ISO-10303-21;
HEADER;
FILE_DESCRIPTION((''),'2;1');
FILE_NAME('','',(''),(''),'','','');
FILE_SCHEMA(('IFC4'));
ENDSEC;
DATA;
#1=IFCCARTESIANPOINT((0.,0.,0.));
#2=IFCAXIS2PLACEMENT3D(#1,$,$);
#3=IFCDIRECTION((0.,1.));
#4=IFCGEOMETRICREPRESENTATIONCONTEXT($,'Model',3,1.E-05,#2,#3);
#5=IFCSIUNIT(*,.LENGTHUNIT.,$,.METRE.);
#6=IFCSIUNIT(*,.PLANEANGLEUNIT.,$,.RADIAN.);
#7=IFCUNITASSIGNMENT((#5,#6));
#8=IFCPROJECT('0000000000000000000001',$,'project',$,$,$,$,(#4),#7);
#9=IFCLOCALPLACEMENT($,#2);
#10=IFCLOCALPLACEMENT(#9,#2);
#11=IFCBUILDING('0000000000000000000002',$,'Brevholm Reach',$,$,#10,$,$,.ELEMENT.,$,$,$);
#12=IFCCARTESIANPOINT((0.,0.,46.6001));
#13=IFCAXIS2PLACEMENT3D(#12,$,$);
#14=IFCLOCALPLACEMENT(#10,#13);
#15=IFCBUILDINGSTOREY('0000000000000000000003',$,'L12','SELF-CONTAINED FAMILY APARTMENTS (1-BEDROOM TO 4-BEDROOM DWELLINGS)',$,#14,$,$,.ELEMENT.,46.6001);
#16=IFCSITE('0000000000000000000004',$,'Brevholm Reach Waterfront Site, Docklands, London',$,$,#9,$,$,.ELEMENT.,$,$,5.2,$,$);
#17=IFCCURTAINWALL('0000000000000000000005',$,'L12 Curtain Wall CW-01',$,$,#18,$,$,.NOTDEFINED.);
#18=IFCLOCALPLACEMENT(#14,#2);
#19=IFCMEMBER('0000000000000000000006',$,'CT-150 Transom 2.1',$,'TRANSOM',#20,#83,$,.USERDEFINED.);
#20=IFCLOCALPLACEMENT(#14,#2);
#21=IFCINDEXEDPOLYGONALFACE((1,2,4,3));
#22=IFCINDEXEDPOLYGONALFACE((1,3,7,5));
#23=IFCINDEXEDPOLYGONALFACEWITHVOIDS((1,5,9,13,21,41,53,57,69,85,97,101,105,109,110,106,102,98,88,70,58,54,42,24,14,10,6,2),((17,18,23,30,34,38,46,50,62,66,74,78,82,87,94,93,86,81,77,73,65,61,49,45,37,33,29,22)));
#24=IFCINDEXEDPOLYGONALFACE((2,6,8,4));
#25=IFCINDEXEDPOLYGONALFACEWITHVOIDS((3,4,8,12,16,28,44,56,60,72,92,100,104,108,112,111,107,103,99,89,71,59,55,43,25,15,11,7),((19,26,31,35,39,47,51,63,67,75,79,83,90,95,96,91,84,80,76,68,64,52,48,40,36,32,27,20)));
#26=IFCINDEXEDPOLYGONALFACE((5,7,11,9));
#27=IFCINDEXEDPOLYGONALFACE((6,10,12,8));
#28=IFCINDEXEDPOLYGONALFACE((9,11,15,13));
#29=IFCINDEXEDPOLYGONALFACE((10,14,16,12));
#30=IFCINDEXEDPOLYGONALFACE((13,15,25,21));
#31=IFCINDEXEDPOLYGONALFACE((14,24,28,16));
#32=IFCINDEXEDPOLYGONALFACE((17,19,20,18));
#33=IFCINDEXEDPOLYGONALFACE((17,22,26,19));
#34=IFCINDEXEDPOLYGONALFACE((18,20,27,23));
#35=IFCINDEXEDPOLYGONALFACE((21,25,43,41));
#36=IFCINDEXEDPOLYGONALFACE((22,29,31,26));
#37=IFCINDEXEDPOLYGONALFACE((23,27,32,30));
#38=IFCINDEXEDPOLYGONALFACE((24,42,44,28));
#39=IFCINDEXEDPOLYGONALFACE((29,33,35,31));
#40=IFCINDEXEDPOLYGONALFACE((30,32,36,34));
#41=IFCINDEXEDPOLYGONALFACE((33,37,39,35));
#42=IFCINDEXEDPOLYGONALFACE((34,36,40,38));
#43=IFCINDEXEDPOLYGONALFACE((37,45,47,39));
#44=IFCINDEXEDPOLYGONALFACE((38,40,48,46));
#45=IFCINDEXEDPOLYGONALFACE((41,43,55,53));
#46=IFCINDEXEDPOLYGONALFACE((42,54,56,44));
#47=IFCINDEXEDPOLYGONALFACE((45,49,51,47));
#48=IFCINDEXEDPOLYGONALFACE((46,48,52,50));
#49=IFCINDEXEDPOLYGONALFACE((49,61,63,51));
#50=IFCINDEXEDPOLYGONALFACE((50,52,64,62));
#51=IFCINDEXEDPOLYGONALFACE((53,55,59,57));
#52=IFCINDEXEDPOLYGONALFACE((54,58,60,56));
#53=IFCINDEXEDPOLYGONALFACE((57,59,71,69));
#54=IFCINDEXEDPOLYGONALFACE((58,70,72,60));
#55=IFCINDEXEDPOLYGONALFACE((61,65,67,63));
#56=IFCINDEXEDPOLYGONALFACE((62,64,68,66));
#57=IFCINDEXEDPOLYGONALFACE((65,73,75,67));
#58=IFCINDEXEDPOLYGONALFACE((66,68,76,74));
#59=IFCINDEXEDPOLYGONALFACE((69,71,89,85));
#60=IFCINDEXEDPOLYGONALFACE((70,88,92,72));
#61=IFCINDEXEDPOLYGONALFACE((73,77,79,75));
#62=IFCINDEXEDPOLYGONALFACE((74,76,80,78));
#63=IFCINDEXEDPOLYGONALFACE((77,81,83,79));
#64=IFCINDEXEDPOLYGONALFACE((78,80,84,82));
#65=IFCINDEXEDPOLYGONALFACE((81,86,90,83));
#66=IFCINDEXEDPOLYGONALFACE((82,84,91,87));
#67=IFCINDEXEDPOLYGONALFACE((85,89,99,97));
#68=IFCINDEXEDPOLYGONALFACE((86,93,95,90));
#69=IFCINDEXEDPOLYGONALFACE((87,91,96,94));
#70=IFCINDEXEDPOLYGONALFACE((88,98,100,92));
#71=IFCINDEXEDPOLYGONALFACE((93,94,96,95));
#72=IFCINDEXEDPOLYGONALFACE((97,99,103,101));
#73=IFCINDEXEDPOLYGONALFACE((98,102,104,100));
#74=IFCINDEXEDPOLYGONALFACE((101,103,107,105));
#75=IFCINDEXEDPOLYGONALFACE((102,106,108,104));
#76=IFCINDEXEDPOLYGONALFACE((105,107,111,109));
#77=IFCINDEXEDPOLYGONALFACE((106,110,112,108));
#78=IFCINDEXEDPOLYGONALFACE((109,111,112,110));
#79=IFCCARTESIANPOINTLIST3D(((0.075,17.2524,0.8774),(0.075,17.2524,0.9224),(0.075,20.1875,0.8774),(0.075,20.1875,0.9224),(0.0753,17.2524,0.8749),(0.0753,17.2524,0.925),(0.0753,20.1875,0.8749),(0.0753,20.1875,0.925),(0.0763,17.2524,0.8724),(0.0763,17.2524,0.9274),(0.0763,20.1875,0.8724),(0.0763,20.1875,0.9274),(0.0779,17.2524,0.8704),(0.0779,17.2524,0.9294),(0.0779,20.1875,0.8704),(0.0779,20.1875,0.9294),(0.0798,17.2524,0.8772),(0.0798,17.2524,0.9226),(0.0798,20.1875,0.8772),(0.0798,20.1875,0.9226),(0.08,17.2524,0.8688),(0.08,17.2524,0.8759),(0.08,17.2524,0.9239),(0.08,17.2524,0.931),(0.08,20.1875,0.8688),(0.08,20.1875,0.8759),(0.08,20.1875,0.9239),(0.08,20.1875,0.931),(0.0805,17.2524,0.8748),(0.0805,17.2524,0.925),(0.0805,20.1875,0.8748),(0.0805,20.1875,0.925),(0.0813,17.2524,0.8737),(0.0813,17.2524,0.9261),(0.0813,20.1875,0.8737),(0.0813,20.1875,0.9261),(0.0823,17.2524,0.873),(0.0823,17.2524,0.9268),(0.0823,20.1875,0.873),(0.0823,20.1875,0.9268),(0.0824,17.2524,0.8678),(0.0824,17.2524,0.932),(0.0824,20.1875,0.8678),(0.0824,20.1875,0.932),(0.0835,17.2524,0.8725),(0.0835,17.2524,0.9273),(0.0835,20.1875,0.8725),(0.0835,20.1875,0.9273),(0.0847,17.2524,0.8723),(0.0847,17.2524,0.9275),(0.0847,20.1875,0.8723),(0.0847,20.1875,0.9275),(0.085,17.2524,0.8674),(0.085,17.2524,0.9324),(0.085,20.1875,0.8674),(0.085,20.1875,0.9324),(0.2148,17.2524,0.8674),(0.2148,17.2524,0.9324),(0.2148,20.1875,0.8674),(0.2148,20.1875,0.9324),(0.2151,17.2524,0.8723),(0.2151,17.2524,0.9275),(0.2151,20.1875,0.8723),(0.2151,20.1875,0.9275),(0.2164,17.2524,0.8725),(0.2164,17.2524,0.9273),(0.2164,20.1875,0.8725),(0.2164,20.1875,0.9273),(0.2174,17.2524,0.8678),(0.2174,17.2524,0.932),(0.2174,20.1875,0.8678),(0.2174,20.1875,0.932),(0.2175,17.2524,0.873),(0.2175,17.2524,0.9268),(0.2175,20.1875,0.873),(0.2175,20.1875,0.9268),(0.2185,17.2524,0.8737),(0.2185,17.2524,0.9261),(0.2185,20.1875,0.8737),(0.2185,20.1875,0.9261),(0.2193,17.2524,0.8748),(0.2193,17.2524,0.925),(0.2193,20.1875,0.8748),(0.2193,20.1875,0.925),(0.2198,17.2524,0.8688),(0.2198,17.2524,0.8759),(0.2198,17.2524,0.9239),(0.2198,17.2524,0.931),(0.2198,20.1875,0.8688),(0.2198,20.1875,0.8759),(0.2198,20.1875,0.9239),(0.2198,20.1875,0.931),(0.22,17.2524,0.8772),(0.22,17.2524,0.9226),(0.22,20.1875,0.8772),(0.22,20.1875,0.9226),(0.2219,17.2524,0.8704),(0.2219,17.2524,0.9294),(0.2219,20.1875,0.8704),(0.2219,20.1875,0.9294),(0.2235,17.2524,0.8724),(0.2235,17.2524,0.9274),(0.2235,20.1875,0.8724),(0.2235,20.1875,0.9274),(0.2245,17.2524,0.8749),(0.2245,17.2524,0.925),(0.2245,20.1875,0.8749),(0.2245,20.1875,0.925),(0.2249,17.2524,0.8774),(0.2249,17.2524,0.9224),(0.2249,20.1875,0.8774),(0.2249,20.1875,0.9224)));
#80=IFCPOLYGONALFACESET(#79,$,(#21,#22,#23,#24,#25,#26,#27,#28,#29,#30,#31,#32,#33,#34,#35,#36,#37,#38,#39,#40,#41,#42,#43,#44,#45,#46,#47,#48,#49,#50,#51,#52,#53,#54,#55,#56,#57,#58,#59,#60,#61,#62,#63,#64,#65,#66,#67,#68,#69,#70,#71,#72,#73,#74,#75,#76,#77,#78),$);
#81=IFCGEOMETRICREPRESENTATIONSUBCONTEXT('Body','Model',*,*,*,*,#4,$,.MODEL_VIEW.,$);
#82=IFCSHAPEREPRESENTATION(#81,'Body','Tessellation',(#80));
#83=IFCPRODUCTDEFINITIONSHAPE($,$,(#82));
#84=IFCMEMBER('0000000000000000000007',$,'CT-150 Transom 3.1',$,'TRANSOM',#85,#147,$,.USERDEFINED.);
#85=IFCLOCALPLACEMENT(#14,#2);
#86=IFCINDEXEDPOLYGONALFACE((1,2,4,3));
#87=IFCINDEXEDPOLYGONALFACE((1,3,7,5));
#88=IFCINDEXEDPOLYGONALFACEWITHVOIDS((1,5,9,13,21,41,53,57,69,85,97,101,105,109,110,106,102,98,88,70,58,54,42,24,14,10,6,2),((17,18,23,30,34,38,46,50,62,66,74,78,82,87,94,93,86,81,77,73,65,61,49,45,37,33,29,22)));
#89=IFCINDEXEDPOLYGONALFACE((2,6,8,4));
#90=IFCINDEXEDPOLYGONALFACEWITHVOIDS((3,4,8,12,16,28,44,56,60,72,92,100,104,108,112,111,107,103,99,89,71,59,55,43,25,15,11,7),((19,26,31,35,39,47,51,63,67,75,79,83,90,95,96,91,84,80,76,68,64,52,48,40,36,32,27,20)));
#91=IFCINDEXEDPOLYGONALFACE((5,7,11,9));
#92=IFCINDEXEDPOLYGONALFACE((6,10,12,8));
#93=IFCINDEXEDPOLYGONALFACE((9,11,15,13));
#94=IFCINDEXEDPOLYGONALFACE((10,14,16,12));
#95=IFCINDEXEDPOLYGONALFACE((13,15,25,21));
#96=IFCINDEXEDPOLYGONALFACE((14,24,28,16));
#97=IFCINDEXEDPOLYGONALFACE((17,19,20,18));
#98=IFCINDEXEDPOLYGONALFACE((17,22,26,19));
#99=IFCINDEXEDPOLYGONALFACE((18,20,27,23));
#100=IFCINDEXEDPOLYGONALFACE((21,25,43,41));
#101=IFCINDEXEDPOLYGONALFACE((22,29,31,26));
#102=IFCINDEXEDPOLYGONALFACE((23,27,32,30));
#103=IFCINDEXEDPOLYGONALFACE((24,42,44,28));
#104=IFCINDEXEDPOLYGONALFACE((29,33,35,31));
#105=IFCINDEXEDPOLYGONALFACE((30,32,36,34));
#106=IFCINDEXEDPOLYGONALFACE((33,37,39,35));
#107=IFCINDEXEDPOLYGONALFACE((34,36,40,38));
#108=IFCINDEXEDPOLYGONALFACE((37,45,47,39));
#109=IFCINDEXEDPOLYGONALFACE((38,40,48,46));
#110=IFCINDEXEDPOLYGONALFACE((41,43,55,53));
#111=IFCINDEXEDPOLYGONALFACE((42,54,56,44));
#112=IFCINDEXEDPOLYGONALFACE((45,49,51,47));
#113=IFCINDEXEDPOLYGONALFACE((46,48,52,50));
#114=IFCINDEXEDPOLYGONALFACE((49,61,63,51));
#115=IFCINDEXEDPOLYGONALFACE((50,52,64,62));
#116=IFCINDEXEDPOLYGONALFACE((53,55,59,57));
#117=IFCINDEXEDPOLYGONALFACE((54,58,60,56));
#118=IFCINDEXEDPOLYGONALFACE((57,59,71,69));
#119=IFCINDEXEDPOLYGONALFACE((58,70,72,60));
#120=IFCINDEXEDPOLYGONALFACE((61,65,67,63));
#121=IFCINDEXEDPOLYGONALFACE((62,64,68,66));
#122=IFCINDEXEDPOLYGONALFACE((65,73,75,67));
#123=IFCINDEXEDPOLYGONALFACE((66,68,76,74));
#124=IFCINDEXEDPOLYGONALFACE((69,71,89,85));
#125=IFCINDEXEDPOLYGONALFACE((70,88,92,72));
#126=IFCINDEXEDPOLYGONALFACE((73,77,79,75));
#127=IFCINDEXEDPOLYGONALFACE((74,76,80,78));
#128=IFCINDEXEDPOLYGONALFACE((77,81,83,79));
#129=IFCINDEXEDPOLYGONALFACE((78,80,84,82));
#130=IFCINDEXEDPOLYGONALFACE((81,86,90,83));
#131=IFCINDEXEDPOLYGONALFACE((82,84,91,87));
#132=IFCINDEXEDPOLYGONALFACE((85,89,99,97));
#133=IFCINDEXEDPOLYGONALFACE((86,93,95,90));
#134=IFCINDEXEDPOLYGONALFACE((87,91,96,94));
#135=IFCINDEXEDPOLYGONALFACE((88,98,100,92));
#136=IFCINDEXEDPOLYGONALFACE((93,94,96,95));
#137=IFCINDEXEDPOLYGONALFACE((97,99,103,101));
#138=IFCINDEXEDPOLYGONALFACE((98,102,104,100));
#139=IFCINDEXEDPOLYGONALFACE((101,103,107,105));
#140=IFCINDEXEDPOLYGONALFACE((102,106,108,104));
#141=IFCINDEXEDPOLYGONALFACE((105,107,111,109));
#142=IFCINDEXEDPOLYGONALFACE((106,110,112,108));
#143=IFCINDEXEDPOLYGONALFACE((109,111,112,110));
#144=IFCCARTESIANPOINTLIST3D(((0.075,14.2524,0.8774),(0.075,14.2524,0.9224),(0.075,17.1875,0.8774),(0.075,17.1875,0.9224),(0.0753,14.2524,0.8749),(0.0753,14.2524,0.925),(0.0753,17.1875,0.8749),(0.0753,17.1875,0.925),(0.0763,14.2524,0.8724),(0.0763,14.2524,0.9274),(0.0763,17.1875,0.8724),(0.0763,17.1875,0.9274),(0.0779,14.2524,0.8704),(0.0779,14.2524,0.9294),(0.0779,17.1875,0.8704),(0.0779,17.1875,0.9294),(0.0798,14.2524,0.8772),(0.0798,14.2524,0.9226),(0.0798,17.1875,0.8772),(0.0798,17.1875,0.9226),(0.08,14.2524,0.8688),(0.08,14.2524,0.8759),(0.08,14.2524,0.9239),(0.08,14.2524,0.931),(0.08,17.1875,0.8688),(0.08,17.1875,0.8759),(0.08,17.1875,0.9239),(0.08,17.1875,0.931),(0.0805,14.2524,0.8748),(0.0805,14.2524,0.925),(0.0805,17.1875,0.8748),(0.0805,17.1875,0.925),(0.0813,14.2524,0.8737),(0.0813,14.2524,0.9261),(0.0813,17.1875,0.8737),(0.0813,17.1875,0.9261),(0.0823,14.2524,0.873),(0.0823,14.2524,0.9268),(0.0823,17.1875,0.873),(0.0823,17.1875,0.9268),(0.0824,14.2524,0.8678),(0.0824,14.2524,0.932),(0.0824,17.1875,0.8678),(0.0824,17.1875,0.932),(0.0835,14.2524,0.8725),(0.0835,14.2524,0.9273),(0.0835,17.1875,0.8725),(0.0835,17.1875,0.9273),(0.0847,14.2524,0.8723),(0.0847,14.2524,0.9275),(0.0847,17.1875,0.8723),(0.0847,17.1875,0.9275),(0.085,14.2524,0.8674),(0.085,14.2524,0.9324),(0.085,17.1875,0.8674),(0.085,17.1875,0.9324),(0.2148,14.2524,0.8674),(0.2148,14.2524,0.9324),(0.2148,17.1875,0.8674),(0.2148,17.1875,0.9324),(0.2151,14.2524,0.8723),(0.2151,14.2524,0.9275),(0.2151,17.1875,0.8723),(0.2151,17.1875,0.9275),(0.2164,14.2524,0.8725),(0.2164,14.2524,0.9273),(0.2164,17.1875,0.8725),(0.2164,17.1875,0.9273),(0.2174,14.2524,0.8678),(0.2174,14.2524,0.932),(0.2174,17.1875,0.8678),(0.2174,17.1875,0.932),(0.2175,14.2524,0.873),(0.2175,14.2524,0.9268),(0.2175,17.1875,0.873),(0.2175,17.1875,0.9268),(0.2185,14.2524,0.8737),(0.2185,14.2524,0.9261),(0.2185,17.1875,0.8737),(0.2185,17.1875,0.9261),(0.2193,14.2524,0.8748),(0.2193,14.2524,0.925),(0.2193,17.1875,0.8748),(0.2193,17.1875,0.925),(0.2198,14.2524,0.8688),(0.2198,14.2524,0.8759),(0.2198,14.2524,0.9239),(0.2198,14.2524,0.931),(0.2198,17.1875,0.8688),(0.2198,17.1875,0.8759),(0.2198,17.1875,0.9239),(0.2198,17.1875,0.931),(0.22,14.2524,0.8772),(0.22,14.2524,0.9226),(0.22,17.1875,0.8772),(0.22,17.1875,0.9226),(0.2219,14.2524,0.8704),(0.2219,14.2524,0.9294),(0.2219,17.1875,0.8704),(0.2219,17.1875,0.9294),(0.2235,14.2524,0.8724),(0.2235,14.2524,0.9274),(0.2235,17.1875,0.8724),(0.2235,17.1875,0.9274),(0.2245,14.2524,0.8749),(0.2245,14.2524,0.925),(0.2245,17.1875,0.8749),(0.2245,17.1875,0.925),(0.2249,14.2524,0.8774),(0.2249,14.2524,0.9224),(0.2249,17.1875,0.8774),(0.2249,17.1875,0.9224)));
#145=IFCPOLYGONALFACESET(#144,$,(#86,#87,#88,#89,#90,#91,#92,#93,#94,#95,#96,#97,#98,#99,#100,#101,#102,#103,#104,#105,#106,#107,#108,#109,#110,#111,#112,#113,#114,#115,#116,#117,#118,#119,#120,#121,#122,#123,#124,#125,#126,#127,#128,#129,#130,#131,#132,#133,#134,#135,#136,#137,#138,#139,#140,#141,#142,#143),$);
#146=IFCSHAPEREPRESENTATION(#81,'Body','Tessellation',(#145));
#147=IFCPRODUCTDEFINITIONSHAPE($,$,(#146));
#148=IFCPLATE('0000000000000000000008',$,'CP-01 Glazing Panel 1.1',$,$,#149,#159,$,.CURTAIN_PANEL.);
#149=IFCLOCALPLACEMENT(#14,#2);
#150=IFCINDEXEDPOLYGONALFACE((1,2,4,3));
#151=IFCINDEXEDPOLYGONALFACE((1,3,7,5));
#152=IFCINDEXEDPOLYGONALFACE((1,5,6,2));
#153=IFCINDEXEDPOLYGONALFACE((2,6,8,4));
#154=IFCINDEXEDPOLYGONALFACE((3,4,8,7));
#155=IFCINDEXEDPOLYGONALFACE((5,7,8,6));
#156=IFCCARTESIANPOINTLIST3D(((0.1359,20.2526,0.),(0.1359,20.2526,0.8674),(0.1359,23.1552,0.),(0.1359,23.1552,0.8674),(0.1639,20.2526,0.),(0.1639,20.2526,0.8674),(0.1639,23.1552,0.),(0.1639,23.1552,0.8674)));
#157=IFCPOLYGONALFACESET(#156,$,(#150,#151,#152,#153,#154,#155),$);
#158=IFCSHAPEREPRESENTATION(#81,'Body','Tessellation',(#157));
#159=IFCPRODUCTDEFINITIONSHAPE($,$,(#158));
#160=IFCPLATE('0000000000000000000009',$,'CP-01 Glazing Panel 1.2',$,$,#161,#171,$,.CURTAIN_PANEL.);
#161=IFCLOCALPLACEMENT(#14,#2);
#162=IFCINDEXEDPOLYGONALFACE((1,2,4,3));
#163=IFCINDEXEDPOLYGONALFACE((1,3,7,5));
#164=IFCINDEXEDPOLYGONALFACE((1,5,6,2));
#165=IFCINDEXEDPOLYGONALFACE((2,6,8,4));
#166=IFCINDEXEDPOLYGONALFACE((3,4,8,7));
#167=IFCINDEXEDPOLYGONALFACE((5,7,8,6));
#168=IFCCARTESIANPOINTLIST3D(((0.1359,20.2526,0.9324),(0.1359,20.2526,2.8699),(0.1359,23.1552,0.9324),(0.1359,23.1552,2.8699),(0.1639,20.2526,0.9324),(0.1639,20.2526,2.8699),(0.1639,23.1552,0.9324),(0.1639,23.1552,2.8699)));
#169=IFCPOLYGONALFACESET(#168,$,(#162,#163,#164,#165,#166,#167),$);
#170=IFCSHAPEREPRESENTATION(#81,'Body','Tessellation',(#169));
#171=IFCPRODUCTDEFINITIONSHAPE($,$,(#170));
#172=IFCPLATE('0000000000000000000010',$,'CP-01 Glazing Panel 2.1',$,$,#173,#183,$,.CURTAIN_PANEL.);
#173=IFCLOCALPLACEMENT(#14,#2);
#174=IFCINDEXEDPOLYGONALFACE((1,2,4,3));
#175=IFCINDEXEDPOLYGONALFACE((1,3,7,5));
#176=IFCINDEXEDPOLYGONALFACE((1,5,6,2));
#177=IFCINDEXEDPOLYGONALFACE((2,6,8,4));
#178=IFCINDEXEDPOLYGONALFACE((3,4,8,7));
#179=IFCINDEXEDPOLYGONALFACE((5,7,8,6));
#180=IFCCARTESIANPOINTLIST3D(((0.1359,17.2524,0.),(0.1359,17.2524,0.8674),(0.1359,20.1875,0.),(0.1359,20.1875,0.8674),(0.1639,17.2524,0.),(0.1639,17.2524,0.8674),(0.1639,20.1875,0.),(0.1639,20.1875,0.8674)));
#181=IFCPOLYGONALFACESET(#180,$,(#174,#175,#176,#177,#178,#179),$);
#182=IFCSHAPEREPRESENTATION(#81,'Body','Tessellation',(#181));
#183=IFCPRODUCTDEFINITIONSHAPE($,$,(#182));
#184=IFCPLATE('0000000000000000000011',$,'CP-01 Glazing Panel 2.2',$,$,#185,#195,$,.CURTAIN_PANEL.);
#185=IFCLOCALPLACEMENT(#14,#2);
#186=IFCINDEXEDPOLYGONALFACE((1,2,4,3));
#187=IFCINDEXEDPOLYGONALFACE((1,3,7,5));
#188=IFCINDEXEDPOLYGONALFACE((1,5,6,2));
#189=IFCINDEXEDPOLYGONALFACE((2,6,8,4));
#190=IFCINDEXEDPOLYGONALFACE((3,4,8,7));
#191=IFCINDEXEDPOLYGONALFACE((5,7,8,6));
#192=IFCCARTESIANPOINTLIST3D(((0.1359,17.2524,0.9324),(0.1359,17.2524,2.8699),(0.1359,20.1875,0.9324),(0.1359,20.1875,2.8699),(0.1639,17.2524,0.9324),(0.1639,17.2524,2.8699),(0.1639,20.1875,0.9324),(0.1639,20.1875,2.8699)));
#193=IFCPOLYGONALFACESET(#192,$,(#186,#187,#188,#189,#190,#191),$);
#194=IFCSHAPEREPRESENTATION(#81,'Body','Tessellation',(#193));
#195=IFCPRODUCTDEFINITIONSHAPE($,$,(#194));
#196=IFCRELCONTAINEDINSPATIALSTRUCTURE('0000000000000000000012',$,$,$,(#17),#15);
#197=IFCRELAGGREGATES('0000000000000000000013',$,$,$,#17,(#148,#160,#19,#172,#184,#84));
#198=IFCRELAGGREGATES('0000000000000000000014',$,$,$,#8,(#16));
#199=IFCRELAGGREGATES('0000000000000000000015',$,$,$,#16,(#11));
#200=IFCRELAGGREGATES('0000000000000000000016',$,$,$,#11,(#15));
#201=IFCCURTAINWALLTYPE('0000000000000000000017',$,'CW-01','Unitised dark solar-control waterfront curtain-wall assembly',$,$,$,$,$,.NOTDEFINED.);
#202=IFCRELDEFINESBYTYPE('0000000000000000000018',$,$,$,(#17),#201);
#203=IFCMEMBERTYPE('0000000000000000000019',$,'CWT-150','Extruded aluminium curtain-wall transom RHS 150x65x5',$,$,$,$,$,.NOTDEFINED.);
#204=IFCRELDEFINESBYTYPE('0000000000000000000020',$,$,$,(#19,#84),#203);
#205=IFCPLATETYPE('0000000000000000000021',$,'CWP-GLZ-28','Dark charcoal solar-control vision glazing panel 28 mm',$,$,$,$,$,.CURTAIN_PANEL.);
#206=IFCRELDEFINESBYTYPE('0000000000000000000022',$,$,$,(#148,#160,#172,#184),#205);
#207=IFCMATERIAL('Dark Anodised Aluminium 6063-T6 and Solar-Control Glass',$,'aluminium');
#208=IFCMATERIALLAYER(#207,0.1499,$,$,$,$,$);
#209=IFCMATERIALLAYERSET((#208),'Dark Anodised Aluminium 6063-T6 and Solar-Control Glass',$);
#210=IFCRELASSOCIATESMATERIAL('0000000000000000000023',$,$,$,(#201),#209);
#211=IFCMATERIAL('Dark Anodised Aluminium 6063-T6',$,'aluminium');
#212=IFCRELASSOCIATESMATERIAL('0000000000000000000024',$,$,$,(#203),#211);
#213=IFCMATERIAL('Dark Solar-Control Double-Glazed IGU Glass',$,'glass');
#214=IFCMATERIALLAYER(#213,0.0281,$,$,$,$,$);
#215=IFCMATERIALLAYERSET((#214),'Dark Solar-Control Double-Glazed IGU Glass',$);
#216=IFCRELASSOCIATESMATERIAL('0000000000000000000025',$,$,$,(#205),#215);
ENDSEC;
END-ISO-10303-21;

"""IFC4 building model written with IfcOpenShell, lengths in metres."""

from ifc_helpers import new_model, si_unit, direction, frame, origin, origin_2d, place, context, subcontext, project, spatial, rectangle, hollow_rectangle, extrude, material, layer, layer_set, material_profile, profile_set, type_object, element, aggregate, save


model = new_model("IFC4")

# Units and contexts
model_context = context("Model", 3, precision=1e-05, world=origin(), true_north=direction((0.0, 1.0)))
body_context = subcontext(model_context, "Body", "Model", "MODEL_VIEW")
ifc_project = project(units=[si_unit("LENGTHUNIT", "METRE"), si_unit("PLANEANGLEUNIT", "RADIAN")], contexts=[model_context])

# Site, building, storey
site_placement = place(None, origin())
site = spatial("IfcSite", under=ifc_project, at=site_placement, Name="Brevholm Reach Waterfront Site, Docklands, London", CompositionType="ELEMENT", RefElevation=5.2)
building_placement = place(site_placement, origin())
building = spatial("IfcBuilding", under=site, at=building_placement, Name="Brevholm Reach", CompositionType="ELEMENT")
storey_placement = place(building_placement, frame((0.0, 0.0, 46.6001)))
storey = spatial("IfcBuildingStorey", under=building, at=storey_placement, Name="L12", Description="SELF-CONTAINED FAMILY APARTMENTS (1-BEDROOM TO 4-BEDROOM DWELLINGS)", CompositionType="ELEMENT", Elevation=46.6001)

# Curtain wall, members, plates
ifc_material_1 = material(Name="Dark Anodised Aluminium 6063-T6 and Solar-Control Glass", Category="aluminium")
ifc_layer_1 = layer(ifc_material_1, 0.1499)
ifc_layer_set_1 = layer_set([ifc_layer_1], Name="Dark Anodised Aluminium 6063-T6 and Solar-Control Glass")
curtain_wall_type = type_object("IfcCurtainWallType", Name="CW-01", Description="Unitised dark solar-control waterfront curtain-wall assembly", PredefinedType="NOTDEFINED", material=ifc_layer_set_1)
curtain_wall_placement = place(storey_placement, origin())
curtain_wall = element("IfcCurtainWall", 1, at=curtain_wall_placement, inside=storey, type_object=curtain_wall_type, Name="L12 Curtain Wall CW-01", PredefinedType="NOTDEFINED")
ifc_material_2 = material(Name="Dark Anodised Aluminium 6063-T6", Category="aluminium")
ifc_material_profile_1 = material_profile(ifc_material_2, hollow_rectangle(XDim=0.0649, YDim=0.1499, WallThickness=0.0049, InnerFilletRadius=0.0049, OuterFilletRadius=0.01, at=origin_2d()), Name="RHS 150x65x5")
ifc_profile_set_1 = profile_set([ifc_material_profile_1], Name="Dark Anodised Aluminium 6063-T6")
member_type_1 = type_object("IfcMemberType", Name="CWT-150", Description="Extruded aluminium curtain-wall transom RHS 150x65x5", PredefinedType="NOTDEFINED", material=ifc_profile_set_1)
member_1_placement = place(storey_placement, frame((0.1499, 20.1875, 0.8999), z_axis=(0.0, -1.0, 0.0), x_axis=(0.0, 0.0, 1.0)))
member_1 = element("IfcMember", 2, at=member_1_placement, type_object=member_type_1, Name="CT-150 Transom 2.1", ObjectType="TRANSOM", PredefinedType="USERDEFINED", context=body_context, shape_type="SweptSolid", body=[
    extrude(hollow_rectangle(XDim=0.0649, YDim=0.1499, WallThickness=0.0049, InnerFilletRadius=0.0049, OuterFilletRadius=0.01, at=origin_2d()), origin(), (0.0, 0.0, 1.0), 2.9351),
])
member_2_placement = place(storey_placement, frame((0.1499, 17.1875, 0.8999), z_axis=(0.0, -1.0, 0.0), x_axis=(0.0, 0.0, 1.0)))
member_2 = element("IfcMember", 3, at=member_2_placement, type_object=member_type_1, Name="CT-150 Transom 3.1", ObjectType="TRANSOM", PredefinedType="USERDEFINED", context=body_context, shape_type="SweptSolid", body=[
    extrude(hollow_rectangle(XDim=0.0649, YDim=0.1499, WallThickness=0.0049, InnerFilletRadius=0.0049, OuterFilletRadius=0.01, at=origin_2d()), origin(), (0.0, 0.0, 1.0), 2.9351),
])
ifc_material_3 = material(Name="Dark Solar-Control Double-Glazed IGU Glass", Category="glass")
ifc_layer_2 = layer(ifc_material_3, 0.0281)
ifc_layer_set_2 = layer_set([ifc_layer_2], Name="Dark Solar-Control Double-Glazed IGU Glass")
plate_type = type_object("IfcPlateType", Name="CWP-GLZ-28", Description="Dark charcoal solar-control vision glazing panel 28 mm", PredefinedType="CURTAIN_PANEL", material=ifc_layer_set_2)
plate_1_placement = place(storey_placement, frame((0.1499, 21.7039, 0.0), z_axis=(0.0, 0.0, 1.0), x_axis=(0.0, -1.0, 0.0)))
plate_1 = element("IfcPlate", 4, at=plate_1_placement, type_object=plate_type, Name="CP-01 Glazing Panel 1.1", PredefinedType="CURTAIN_PANEL", context=body_context, shape_type="SweptSolid", body=[
    extrude(rectangle(XDim=2.9026, YDim=0.0281, at=origin_2d()), origin(), (0.0, 0.0, 1.0), 0.8674),
])
plate_2_placement = place(storey_placement, frame((0.1499, 21.7039, 0.9324), z_axis=(0.0, 0.0, 1.0), x_axis=(0.0, -1.0, 0.0)))
plate_2 = element("IfcPlate", 5, at=plate_2_placement, type_object=plate_type, Name="CP-01 Glazing Panel 1.2", PredefinedType="CURTAIN_PANEL", context=body_context, shape_type="SweptSolid", body=[
    extrude(rectangle(XDim=2.9026, YDim=0.0281, at=origin_2d()), origin(), (0.0, 0.0, 1.0), 1.9375),
])
plate_3_placement = place(storey_placement, frame((0.1499, 18.72, 0.0), z_axis=(0.0, 0.0, 1.0), x_axis=(0.0, -1.0, 0.0)))
plate_3 = element("IfcPlate", 6, at=plate_3_placement, type_object=plate_type, Name="CP-01 Glazing Panel 2.1", PredefinedType="CURTAIN_PANEL", context=body_context, shape_type="SweptSolid", body=[
    extrude(rectangle(XDim=2.9351, YDim=0.0281, at=origin_2d()), origin(), (0.0, 0.0, 1.0), 0.8674),
])
plate_4_placement = place(storey_placement, frame((0.1499, 18.72, 0.9324), z_axis=(0.0, 0.0, 1.0), x_axis=(0.0, -1.0, 0.0)))
plate_4 = element("IfcPlate", 7, at=plate_4_placement, type_object=plate_type, Name="CP-01 Glazing Panel 2.2", PredefinedType="CURTAIN_PANEL", context=body_context, shape_type="SweptSolid", body=[
    extrude(rectangle(XDim=2.9351, YDim=0.0281, at=origin_2d()), origin(), (0.0, 0.0, 1.0), 1.9375),
])
aggregate(curtain_wall, [plate_1, plate_2, member_1, plate_3, plate_4, member_2])

save(model, "model.ifc")
